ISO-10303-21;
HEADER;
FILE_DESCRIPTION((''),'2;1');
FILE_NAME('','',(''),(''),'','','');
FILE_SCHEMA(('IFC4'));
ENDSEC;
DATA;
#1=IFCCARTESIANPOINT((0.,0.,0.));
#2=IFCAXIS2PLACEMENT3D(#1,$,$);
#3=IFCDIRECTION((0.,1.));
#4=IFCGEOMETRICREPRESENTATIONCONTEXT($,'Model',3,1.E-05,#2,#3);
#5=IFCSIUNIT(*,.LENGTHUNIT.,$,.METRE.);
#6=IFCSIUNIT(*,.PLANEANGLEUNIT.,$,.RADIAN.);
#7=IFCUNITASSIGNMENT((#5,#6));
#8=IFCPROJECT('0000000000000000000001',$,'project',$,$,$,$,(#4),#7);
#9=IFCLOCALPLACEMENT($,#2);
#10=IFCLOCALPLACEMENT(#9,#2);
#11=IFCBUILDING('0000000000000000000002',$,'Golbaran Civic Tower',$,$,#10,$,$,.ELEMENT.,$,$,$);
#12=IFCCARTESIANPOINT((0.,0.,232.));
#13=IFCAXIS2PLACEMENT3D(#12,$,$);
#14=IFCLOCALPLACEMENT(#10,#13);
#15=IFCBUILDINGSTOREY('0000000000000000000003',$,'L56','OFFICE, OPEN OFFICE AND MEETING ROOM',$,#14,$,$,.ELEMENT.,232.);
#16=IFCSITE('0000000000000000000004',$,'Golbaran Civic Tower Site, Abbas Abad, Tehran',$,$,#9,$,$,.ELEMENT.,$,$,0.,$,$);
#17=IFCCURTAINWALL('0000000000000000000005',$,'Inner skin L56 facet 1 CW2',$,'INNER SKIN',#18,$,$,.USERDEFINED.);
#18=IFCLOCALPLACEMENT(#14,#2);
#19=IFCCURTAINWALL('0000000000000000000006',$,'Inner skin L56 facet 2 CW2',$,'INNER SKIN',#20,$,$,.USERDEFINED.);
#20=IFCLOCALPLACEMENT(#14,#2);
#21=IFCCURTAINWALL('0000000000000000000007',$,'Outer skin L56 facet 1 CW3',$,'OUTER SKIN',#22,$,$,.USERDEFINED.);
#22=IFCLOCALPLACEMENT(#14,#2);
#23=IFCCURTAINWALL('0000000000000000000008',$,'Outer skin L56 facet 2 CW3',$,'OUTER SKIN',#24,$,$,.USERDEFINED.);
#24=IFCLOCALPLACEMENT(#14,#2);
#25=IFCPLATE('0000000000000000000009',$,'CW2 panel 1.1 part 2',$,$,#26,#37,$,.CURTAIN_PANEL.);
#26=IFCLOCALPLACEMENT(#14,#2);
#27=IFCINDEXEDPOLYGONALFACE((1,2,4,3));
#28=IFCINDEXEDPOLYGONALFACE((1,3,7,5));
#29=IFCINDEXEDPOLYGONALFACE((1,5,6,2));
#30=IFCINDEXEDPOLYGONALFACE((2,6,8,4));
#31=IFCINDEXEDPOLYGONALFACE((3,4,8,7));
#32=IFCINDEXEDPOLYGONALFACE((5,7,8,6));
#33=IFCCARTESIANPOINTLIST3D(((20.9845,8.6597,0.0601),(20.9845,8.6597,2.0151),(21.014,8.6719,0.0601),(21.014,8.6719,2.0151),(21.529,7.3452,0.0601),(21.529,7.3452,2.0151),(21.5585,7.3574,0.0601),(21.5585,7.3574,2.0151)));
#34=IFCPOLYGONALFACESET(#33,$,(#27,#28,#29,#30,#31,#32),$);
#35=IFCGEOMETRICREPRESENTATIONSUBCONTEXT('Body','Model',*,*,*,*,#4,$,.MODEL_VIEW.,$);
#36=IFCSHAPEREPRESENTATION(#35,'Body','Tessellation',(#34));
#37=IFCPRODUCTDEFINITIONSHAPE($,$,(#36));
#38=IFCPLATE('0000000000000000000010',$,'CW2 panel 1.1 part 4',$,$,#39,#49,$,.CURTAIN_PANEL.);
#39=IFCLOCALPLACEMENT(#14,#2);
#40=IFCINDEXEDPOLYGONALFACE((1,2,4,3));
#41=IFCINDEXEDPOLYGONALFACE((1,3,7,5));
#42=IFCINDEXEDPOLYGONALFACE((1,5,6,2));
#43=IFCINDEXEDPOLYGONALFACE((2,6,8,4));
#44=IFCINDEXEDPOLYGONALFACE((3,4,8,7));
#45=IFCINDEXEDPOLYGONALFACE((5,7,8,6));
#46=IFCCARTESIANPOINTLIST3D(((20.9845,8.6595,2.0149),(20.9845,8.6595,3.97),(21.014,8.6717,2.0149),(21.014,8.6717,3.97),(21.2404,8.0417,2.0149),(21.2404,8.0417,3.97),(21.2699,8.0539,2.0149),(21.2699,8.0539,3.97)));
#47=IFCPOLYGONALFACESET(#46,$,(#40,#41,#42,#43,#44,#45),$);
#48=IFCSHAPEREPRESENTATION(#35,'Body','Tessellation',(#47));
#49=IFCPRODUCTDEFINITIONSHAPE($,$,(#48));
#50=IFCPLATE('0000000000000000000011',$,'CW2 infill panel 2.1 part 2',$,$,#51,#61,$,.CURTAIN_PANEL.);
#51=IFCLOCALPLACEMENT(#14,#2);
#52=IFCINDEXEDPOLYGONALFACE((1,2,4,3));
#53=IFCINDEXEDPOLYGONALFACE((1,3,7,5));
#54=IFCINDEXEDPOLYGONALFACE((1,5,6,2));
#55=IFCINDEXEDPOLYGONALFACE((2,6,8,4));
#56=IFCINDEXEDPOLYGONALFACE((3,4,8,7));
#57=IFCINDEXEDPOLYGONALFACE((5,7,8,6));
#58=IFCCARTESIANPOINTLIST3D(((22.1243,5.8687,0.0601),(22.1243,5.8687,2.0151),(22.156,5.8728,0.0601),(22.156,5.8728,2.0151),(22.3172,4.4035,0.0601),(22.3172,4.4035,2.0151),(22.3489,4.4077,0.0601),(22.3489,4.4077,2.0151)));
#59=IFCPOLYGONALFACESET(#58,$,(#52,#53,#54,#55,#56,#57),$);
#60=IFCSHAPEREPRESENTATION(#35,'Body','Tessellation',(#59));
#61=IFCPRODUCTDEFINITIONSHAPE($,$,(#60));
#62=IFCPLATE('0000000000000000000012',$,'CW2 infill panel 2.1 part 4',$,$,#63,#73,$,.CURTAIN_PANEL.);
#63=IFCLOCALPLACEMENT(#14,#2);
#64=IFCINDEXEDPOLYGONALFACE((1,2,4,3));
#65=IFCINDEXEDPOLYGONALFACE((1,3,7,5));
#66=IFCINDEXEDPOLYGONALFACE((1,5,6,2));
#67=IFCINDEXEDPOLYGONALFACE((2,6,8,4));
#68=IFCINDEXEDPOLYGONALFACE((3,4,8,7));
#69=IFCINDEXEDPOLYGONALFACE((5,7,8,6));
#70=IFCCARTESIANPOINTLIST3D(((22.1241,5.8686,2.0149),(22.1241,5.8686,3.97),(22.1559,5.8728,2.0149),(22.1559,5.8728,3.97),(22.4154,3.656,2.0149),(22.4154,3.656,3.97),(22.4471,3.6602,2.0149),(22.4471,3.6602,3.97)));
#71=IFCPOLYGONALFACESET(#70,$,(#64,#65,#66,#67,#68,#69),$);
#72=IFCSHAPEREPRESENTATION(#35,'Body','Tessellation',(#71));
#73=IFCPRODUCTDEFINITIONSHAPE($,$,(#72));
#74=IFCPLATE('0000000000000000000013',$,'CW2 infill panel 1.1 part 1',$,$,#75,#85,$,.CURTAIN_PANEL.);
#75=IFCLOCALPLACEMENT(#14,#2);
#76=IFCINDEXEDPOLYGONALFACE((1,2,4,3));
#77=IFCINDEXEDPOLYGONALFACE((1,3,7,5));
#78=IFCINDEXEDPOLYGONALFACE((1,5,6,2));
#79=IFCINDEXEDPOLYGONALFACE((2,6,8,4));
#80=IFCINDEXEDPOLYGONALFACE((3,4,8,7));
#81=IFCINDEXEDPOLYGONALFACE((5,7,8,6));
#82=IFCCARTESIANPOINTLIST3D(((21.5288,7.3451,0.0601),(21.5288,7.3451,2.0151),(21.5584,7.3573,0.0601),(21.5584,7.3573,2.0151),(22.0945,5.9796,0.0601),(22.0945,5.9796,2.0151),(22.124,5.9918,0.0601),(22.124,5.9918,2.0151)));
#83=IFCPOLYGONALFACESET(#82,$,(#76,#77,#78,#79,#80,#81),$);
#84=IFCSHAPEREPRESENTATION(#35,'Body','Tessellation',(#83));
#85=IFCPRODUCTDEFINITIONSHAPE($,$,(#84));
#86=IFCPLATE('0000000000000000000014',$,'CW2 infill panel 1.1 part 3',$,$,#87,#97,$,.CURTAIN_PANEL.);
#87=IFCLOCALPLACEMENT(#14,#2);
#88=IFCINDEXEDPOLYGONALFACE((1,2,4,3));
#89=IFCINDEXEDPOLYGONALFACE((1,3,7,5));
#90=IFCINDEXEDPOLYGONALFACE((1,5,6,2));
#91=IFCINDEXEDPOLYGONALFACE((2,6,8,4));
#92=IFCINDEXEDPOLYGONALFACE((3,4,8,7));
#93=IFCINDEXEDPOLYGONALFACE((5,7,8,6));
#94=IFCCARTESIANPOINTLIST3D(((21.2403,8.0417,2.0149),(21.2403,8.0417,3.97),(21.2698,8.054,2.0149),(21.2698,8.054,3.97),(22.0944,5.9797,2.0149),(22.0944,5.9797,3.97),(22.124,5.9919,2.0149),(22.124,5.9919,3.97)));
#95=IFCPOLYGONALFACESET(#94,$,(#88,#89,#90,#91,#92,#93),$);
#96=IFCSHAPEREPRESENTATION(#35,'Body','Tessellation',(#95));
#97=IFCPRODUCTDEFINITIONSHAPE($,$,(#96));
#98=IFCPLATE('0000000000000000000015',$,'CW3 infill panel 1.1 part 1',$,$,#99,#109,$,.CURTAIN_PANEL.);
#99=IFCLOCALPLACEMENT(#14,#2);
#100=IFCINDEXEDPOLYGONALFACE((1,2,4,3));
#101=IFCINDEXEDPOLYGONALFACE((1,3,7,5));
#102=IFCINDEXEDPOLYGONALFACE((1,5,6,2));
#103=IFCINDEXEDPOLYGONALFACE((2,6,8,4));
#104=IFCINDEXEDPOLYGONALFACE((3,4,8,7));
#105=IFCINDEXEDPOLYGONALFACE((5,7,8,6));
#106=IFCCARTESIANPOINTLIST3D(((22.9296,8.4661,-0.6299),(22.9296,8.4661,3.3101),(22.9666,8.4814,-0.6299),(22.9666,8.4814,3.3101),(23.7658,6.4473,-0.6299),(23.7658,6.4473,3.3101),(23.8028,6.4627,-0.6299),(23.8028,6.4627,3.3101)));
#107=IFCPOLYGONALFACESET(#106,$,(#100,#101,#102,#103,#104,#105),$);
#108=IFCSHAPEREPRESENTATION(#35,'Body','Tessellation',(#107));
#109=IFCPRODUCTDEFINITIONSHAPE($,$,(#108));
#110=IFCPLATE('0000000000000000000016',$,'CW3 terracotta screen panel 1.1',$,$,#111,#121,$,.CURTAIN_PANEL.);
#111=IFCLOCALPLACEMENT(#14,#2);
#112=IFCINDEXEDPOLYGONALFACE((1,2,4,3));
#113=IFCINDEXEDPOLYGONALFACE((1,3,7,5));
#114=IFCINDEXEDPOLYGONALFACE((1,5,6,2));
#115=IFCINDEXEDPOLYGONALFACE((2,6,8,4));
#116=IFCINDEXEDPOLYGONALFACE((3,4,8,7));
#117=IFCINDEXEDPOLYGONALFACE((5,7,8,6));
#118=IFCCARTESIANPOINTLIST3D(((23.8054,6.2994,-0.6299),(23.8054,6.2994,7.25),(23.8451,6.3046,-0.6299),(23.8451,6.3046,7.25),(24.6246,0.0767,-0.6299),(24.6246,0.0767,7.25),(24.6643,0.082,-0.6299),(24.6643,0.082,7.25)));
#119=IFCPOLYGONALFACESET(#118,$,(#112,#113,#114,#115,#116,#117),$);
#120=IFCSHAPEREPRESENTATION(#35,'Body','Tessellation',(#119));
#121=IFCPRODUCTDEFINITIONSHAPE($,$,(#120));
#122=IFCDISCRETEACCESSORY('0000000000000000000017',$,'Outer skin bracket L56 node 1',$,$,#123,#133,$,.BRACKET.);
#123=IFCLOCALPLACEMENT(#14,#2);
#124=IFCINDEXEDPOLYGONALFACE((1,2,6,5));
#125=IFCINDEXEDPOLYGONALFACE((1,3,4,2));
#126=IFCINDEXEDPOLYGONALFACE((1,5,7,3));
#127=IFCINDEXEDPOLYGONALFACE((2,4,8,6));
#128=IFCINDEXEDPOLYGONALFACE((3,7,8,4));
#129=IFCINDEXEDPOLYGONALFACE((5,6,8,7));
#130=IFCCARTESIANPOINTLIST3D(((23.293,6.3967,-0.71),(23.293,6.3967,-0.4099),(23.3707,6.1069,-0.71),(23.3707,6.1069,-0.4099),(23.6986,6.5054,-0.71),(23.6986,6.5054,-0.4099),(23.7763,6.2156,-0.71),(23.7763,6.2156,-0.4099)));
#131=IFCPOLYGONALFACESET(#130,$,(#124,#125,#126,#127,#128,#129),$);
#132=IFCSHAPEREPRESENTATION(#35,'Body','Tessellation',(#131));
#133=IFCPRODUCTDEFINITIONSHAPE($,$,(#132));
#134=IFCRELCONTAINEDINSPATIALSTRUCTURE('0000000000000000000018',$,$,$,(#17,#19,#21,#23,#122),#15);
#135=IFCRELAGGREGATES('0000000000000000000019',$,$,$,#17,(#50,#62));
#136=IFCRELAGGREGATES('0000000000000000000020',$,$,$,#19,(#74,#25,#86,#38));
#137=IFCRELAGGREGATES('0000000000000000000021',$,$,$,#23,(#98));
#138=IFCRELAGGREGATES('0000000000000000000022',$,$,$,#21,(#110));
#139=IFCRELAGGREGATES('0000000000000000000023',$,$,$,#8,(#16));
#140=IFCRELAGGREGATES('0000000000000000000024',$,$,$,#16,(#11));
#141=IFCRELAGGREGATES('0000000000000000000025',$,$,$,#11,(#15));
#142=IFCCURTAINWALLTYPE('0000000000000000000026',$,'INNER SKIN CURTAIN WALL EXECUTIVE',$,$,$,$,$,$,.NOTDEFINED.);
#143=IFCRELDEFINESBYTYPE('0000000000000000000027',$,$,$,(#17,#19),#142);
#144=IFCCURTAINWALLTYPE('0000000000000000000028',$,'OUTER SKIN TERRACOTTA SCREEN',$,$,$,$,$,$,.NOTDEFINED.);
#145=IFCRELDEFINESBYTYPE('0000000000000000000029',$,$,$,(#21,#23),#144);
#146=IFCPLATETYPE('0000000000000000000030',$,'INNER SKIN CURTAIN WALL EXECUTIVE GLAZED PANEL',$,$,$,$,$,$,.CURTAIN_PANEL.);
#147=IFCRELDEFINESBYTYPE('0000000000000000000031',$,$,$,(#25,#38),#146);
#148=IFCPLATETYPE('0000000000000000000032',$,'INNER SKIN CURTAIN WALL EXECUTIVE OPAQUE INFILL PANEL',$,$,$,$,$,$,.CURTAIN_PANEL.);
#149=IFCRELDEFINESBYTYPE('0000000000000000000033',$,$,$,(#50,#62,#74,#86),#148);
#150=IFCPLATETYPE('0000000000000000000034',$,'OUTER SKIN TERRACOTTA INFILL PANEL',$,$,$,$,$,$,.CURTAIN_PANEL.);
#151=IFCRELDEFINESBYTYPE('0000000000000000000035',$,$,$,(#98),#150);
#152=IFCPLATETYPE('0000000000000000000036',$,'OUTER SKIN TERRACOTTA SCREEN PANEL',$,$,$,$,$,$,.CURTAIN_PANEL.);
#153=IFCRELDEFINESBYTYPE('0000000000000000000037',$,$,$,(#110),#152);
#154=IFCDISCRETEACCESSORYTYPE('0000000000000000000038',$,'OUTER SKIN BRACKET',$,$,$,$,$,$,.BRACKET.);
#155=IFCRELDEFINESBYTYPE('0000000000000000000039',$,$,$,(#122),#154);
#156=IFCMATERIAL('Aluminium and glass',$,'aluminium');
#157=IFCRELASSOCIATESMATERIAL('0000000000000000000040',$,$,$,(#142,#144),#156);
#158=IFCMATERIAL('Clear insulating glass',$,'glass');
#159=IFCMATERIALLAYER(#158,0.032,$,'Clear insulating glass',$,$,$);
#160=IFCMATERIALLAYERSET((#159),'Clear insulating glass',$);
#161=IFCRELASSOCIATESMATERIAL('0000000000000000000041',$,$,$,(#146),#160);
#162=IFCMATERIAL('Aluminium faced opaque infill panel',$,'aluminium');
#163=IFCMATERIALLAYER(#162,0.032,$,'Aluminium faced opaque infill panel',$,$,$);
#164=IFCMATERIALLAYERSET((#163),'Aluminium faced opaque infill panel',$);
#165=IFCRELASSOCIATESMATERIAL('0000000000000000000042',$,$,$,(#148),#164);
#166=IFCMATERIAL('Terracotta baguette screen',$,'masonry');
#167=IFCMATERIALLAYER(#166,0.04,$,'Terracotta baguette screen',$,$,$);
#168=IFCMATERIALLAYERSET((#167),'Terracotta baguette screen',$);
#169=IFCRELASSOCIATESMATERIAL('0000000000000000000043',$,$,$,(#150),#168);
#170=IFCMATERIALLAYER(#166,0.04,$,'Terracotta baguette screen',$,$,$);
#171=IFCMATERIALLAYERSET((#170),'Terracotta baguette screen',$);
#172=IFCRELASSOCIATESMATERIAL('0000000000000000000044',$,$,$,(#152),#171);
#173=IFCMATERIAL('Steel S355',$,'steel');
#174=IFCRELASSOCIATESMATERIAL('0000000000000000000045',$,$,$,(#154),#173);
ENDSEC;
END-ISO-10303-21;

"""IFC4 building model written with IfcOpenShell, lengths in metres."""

from ifc_helpers import new_model, si_unit, direction, frame, origin, origin_2d, place, context, subcontext, project, spatial, rectangle, extrude, material, layer, layer_set, type_object, element, aggregate, save


model = new_model("IFC4")

# Units and contexts
model_context = context("Model", 3, precision=1e-05, world=origin(), true_north=direction((0.0, 1.0)))
body_context = subcontext(model_context, "Body", "Model", "MODEL_VIEW")
ifc_project = project(units=[si_unit("LENGTHUNIT", "METRE"), si_unit("PLANEANGLEUNIT", "RADIAN")], contexts=[model_context])

# Site, building, storey
site_placement = place(None, origin())
site = spatial("IfcSite", under=ifc_project, at=site_placement, Name="Golbaran Civic Tower Site, Abbas Abad, Tehran", CompositionType="ELEMENT", RefElevation=0.0)
building_placement = place(site_placement, origin())
building = spatial("IfcBuilding", under=site, at=building_placement, Name="Golbaran Civic Tower", CompositionType="ELEMENT")
storey_placement = place(building_placement, frame((0.0, 0.0, 232.0)))
storey = spatial("IfcBuildingStorey", under=building, at=storey_placement, Name="L56", Description="OFFICE, OPEN OFFICE AND MEETING ROOM", CompositionType="ELEMENT", Elevation=232.0)

# Shared definitions
ifc_material_1 = material(Name="Steel S355", Category="steel")

# Curtain walls
ifc_material_2 = material(Name="Aluminium and glass", Category="aluminium")
curtain_wall_type_1 = type_object("IfcCurtainWallType", Name="INNER SKIN CURTAIN WALL EXECUTIVE", PredefinedType="NOTDEFINED", material=ifc_material_2)
curtain_wall_1_placement = place(storey_placement, origin())
curtain_wall_1 = element("IfcCurtainWall", 1, at=curtain_wall_1_placement, inside=storey, type_object=curtain_wall_type_1, Name="Inner skin L56 facet 1 CW2", ObjectType="INNER SKIN", PredefinedType="USERDEFINED")
curtain_wall_2_placement = place(storey_placement, origin())
curtain_wall_2 = element("IfcCurtainWall", 2, at=curtain_wall_2_placement, inside=storey, type_object=curtain_wall_type_1, Name="Inner skin L56 facet 2 CW2", ObjectType="INNER SKIN", PredefinedType="USERDEFINED")

# Curtain wall
curtain_wall_type_2 = type_object("IfcCurtainWallType", Name="OUTER SKIN TERRACOTTA SCREEN", PredefinedType="NOTDEFINED", material=ifc_material_2)
curtain_wall_3_placement = place(storey_placement, origin())
curtain_wall_3 = element("IfcCurtainWall", 3, at=curtain_wall_3_placement, inside=storey, type_object=curtain_wall_type_2, Name="Outer skin L56 facet 1 CW3", ObjectType="OUTER SKIN", PredefinedType="USERDEFINED")

# Curtain wall
curtain_wall_4_placement = place(storey_placement, origin())
curtain_wall_4 = element("IfcCurtainWall", 4, at=curtain_wall_4_placement, inside=storey, type_object=curtain_wall_type_2, Name="Outer skin L56 facet 2 CW3", ObjectType="OUTER SKIN", PredefinedType="USERDEFINED")

# Plates
ifc_material_3 = material(Name="Clear insulating glass", Category="glass")
ifc_layer_1 = layer(ifc_material_3, 0.032, Name="Clear insulating glass")
ifc_layer_set_1 = layer_set([ifc_layer_1], Name="Clear insulating glass")
plate_type_1 = type_object("IfcPlateType", Name="INNER SKIN CURTAIN WALL EXECUTIVE GLAZED PANEL", PredefinedType="CURTAIN_PANEL", material=ifc_layer_set_1)
plate_1_placement = place(storey_placement, frame((21.2715, 8.0085, 0.0601), z_axis=(0.0, 0.0, 1.0), x_axis=(-0.382683, 0.92388, 0.0)))
plate_1 = element("IfcPlate", 5, at=plate_1_placement, type_object=plate_type_1, Name="CW2 panel 1.1 part 2", PredefinedType="CURTAIN_PANEL", context=body_context, shape_type="SweptSolid", body=[
    extrude(rectangle(XDim=1.4229, YDim=0.032, at=origin_2d()), origin(), (0.0, 0.0, 1.0), 1.9551),
])
plate_2_placement = place(storey_placement, frame((21.1272, 8.3567, 2.0149), z_axis=(0.0, 0.0, 1.0), x_axis=(-0.382683, 0.92388, 0.0)))
plate_2 = element("IfcPlate", 6, at=plate_2_placement, type_object=plate_type_1, Name="CW2 panel 1.1 part 4", PredefinedType="CURTAIN_PANEL", context=body_context, shape_type="SweptSolid", body=[
    extrude(rectangle(XDim=0.6687, YDim=0.032, at=origin_2d()), origin(), (0.0, 0.0, 1.0), 1.9551),
])
ifc_material_4 = material(Name="Aluminium faced opaque infill panel", Category="aluminium")
ifc_layer_2 = layer(ifc_material_4, 0.032, Name="Aluminium faced opaque infill panel")
ifc_layer_set_2 = layer_set([ifc_layer_2], Name="Aluminium faced opaque infill panel")
plate_type_2 = type_object("IfcPlateType", Name="INNER SKIN CURTAIN WALL EXECUTIVE OPAQUE INFILL PANEL", PredefinedType="CURTAIN_PANEL", material=ifc_layer_set_2)
plate_3_placement = place(storey_placement, frame((22.2366, 5.1382, 0.0601), z_axis=(0.0, 0.0, 1.0), x_axis=(-0.130526, 0.991445, 0.0)))
plate_3 = element("IfcPlate", 7, at=plate_3_placement, type_object=plate_type_2, Name="CW2 infill panel 2.1 part 2", PredefinedType="CURTAIN_PANEL", context=body_context, shape_type="SweptSolid", body=[
    extrude(rectangle(XDim=1.4778, YDim=0.032, at=origin_2d()), origin(), (0.0, 0.0, 1.0), 1.9551),
])
plate_4_placement = place(storey_placement, frame((22.2856, 4.7644, 2.0149), z_axis=(0.0, 0.0, 1.0), x_axis=(-0.130526, 0.991445, 0.0)))
plate_4 = element("IfcPlate", 8, at=plate_4_placement, type_object=plate_type_2, Name="CW2 infill panel 2.1 part 4", PredefinedType="CURTAIN_PANEL", context=body_context, shape_type="SweptSolid", body=[
    extrude(rectangle(XDim=2.2317, YDim=0.032, at=origin_2d()), origin(), (0.0, 0.0, 1.0), 1.9551),
])
aggregate(curtain_wall_1, [plate_3, plate_4])
plate_5_placement = place(storey_placement, frame((21.8264, 6.6685, 0.0601), z_axis=(0.0, 0.0, 1.0), x_axis=(-0.382683, 0.92388, 0.0)))
plate_5 = element("IfcPlate", 9, at=plate_5_placement, type_object=plate_type_2, Name="CW2 infill panel 1.1 part 1", PredefinedType="CURTAIN_PANEL", context=body_context, shape_type="SweptSolid", body=[
    extrude(rectangle(XDim=1.478, YDim=0.032, at=origin_2d()), origin(), (0.0, 0.0, 1.0), 1.9551),
])
plate_6_placement = place(storey_placement, frame((21.6821, 7.0168, 2.0149), z_axis=(0.0, 0.0, 1.0), x_axis=(-0.382683, 0.92388, 0.0)))
plate_6 = element("IfcPlate", 10, at=plate_6_placement, type_object=plate_type_2, Name="CW2 infill panel 1.1 part 3", PredefinedType="CURTAIN_PANEL", context=body_context, shape_type="SweptSolid", body=[
    extrude(rectangle(XDim=2.2319, YDim=0.032, at=origin_2d()), origin(), (0.0, 0.0, 1.0), 1.9551),
])
aggregate(curtain_wall_2, [plate_5, plate_1, plate_6, plate_2])
ifc_material_5 = material(Name="Terracotta baguette screen", Category="masonry")
ifc_layer_3 = layer(ifc_material_5, 0.04, Name="Terracotta baguette screen")
ifc_layer_set_3 = layer_set([ifc_layer_3], Name="Terracotta baguette screen")
plate_type_3 = type_object("IfcPlateType", Name="OUTER SKIN TERRACOTTA INFILL PANEL", PredefinedType="CURTAIN_PANEL", material=ifc_layer_set_3)
plate_7_placement = place(storey_placement, frame((23.3662, 7.4644, -0.6299), z_axis=(0.0, 0.0, 1.0), x_axis=(-0.382683, 0.92388, 0.0)))
plate_7 = element("IfcPlate", 11, at=plate_7_placement, type_object=plate_type_3, Name="CW3 infill panel 1.1 part 1", PredefinedType="CURTAIN_PANEL", context=body_context, shape_type="SweptSolid", body=[
    extrude(rectangle(XDim=2.1851, YDim=0.04, at=origin_2d()), origin(), (0.0, 0.0, 1.0), 3.9399),
])
aggregate(curtain_wall_4, [plate_7])
ifc_layer_4 = layer(ifc_material_5, 0.04, Name="Terracotta baguette screen")
ifc_layer_set_4 = layer_set([ifc_layer_4], Name="Terracotta baguette screen")
plate_type_4 = type_object("IfcPlateType", Name="OUTER SKIN TERRACOTTA SCREEN PANEL", PredefinedType="CURTAIN_PANEL", material=ifc_layer_set_4)
plate_8_placement = place(storey_placement, frame((24.2349, 3.1907, -0.6299), z_axis=(0.0, 0.0, 1.0), x_axis=(-0.130526, 0.991445, 0.0)))
plate_8 = element("IfcPlate", 12, at=plate_8_placement, type_object=plate_type_4, Name="CW3 terracotta screen panel 1.1", PredefinedType="CURTAIN_PANEL", context=body_context, shape_type="SweptSolid", body=[
    extrude(rectangle(XDim=6.2764, YDim=0.04, at=origin_2d()), origin(), (0.0, 0.0, 1.0), 7.8799),
])
aggregate(curtain_wall_3, [plate_8])

# Discrete accessory
discrete_accessory_type = type_object("IfcDiscreteAccessoryType", Name="OUTER SKIN BRACKET", PredefinedType="BRACKET", material=ifc_material_1)
discrete_accessory_placement = place(storey_placement, frame((23.5347, 6.3062, -0.71), z_axis=(0.0, 0.0, 1.0), x_axis=(0.965926, 0.258819, 0.0)))
element("IfcDiscreteAccessory", 13, at=discrete_accessory_placement, inside=storey, type_object=discrete_accessory_type, Name="Outer skin bracket L56 node 1", PredefinedType="BRACKET", context=body_context, shape_type="SweptSolid", body=[
    extrude(rectangle(XDim=0.4199, YDim=0.3, at=origin_2d()), origin(), (0.0, 0.0, 1.0), 0.3),
])

save(model, "model.ifc")
